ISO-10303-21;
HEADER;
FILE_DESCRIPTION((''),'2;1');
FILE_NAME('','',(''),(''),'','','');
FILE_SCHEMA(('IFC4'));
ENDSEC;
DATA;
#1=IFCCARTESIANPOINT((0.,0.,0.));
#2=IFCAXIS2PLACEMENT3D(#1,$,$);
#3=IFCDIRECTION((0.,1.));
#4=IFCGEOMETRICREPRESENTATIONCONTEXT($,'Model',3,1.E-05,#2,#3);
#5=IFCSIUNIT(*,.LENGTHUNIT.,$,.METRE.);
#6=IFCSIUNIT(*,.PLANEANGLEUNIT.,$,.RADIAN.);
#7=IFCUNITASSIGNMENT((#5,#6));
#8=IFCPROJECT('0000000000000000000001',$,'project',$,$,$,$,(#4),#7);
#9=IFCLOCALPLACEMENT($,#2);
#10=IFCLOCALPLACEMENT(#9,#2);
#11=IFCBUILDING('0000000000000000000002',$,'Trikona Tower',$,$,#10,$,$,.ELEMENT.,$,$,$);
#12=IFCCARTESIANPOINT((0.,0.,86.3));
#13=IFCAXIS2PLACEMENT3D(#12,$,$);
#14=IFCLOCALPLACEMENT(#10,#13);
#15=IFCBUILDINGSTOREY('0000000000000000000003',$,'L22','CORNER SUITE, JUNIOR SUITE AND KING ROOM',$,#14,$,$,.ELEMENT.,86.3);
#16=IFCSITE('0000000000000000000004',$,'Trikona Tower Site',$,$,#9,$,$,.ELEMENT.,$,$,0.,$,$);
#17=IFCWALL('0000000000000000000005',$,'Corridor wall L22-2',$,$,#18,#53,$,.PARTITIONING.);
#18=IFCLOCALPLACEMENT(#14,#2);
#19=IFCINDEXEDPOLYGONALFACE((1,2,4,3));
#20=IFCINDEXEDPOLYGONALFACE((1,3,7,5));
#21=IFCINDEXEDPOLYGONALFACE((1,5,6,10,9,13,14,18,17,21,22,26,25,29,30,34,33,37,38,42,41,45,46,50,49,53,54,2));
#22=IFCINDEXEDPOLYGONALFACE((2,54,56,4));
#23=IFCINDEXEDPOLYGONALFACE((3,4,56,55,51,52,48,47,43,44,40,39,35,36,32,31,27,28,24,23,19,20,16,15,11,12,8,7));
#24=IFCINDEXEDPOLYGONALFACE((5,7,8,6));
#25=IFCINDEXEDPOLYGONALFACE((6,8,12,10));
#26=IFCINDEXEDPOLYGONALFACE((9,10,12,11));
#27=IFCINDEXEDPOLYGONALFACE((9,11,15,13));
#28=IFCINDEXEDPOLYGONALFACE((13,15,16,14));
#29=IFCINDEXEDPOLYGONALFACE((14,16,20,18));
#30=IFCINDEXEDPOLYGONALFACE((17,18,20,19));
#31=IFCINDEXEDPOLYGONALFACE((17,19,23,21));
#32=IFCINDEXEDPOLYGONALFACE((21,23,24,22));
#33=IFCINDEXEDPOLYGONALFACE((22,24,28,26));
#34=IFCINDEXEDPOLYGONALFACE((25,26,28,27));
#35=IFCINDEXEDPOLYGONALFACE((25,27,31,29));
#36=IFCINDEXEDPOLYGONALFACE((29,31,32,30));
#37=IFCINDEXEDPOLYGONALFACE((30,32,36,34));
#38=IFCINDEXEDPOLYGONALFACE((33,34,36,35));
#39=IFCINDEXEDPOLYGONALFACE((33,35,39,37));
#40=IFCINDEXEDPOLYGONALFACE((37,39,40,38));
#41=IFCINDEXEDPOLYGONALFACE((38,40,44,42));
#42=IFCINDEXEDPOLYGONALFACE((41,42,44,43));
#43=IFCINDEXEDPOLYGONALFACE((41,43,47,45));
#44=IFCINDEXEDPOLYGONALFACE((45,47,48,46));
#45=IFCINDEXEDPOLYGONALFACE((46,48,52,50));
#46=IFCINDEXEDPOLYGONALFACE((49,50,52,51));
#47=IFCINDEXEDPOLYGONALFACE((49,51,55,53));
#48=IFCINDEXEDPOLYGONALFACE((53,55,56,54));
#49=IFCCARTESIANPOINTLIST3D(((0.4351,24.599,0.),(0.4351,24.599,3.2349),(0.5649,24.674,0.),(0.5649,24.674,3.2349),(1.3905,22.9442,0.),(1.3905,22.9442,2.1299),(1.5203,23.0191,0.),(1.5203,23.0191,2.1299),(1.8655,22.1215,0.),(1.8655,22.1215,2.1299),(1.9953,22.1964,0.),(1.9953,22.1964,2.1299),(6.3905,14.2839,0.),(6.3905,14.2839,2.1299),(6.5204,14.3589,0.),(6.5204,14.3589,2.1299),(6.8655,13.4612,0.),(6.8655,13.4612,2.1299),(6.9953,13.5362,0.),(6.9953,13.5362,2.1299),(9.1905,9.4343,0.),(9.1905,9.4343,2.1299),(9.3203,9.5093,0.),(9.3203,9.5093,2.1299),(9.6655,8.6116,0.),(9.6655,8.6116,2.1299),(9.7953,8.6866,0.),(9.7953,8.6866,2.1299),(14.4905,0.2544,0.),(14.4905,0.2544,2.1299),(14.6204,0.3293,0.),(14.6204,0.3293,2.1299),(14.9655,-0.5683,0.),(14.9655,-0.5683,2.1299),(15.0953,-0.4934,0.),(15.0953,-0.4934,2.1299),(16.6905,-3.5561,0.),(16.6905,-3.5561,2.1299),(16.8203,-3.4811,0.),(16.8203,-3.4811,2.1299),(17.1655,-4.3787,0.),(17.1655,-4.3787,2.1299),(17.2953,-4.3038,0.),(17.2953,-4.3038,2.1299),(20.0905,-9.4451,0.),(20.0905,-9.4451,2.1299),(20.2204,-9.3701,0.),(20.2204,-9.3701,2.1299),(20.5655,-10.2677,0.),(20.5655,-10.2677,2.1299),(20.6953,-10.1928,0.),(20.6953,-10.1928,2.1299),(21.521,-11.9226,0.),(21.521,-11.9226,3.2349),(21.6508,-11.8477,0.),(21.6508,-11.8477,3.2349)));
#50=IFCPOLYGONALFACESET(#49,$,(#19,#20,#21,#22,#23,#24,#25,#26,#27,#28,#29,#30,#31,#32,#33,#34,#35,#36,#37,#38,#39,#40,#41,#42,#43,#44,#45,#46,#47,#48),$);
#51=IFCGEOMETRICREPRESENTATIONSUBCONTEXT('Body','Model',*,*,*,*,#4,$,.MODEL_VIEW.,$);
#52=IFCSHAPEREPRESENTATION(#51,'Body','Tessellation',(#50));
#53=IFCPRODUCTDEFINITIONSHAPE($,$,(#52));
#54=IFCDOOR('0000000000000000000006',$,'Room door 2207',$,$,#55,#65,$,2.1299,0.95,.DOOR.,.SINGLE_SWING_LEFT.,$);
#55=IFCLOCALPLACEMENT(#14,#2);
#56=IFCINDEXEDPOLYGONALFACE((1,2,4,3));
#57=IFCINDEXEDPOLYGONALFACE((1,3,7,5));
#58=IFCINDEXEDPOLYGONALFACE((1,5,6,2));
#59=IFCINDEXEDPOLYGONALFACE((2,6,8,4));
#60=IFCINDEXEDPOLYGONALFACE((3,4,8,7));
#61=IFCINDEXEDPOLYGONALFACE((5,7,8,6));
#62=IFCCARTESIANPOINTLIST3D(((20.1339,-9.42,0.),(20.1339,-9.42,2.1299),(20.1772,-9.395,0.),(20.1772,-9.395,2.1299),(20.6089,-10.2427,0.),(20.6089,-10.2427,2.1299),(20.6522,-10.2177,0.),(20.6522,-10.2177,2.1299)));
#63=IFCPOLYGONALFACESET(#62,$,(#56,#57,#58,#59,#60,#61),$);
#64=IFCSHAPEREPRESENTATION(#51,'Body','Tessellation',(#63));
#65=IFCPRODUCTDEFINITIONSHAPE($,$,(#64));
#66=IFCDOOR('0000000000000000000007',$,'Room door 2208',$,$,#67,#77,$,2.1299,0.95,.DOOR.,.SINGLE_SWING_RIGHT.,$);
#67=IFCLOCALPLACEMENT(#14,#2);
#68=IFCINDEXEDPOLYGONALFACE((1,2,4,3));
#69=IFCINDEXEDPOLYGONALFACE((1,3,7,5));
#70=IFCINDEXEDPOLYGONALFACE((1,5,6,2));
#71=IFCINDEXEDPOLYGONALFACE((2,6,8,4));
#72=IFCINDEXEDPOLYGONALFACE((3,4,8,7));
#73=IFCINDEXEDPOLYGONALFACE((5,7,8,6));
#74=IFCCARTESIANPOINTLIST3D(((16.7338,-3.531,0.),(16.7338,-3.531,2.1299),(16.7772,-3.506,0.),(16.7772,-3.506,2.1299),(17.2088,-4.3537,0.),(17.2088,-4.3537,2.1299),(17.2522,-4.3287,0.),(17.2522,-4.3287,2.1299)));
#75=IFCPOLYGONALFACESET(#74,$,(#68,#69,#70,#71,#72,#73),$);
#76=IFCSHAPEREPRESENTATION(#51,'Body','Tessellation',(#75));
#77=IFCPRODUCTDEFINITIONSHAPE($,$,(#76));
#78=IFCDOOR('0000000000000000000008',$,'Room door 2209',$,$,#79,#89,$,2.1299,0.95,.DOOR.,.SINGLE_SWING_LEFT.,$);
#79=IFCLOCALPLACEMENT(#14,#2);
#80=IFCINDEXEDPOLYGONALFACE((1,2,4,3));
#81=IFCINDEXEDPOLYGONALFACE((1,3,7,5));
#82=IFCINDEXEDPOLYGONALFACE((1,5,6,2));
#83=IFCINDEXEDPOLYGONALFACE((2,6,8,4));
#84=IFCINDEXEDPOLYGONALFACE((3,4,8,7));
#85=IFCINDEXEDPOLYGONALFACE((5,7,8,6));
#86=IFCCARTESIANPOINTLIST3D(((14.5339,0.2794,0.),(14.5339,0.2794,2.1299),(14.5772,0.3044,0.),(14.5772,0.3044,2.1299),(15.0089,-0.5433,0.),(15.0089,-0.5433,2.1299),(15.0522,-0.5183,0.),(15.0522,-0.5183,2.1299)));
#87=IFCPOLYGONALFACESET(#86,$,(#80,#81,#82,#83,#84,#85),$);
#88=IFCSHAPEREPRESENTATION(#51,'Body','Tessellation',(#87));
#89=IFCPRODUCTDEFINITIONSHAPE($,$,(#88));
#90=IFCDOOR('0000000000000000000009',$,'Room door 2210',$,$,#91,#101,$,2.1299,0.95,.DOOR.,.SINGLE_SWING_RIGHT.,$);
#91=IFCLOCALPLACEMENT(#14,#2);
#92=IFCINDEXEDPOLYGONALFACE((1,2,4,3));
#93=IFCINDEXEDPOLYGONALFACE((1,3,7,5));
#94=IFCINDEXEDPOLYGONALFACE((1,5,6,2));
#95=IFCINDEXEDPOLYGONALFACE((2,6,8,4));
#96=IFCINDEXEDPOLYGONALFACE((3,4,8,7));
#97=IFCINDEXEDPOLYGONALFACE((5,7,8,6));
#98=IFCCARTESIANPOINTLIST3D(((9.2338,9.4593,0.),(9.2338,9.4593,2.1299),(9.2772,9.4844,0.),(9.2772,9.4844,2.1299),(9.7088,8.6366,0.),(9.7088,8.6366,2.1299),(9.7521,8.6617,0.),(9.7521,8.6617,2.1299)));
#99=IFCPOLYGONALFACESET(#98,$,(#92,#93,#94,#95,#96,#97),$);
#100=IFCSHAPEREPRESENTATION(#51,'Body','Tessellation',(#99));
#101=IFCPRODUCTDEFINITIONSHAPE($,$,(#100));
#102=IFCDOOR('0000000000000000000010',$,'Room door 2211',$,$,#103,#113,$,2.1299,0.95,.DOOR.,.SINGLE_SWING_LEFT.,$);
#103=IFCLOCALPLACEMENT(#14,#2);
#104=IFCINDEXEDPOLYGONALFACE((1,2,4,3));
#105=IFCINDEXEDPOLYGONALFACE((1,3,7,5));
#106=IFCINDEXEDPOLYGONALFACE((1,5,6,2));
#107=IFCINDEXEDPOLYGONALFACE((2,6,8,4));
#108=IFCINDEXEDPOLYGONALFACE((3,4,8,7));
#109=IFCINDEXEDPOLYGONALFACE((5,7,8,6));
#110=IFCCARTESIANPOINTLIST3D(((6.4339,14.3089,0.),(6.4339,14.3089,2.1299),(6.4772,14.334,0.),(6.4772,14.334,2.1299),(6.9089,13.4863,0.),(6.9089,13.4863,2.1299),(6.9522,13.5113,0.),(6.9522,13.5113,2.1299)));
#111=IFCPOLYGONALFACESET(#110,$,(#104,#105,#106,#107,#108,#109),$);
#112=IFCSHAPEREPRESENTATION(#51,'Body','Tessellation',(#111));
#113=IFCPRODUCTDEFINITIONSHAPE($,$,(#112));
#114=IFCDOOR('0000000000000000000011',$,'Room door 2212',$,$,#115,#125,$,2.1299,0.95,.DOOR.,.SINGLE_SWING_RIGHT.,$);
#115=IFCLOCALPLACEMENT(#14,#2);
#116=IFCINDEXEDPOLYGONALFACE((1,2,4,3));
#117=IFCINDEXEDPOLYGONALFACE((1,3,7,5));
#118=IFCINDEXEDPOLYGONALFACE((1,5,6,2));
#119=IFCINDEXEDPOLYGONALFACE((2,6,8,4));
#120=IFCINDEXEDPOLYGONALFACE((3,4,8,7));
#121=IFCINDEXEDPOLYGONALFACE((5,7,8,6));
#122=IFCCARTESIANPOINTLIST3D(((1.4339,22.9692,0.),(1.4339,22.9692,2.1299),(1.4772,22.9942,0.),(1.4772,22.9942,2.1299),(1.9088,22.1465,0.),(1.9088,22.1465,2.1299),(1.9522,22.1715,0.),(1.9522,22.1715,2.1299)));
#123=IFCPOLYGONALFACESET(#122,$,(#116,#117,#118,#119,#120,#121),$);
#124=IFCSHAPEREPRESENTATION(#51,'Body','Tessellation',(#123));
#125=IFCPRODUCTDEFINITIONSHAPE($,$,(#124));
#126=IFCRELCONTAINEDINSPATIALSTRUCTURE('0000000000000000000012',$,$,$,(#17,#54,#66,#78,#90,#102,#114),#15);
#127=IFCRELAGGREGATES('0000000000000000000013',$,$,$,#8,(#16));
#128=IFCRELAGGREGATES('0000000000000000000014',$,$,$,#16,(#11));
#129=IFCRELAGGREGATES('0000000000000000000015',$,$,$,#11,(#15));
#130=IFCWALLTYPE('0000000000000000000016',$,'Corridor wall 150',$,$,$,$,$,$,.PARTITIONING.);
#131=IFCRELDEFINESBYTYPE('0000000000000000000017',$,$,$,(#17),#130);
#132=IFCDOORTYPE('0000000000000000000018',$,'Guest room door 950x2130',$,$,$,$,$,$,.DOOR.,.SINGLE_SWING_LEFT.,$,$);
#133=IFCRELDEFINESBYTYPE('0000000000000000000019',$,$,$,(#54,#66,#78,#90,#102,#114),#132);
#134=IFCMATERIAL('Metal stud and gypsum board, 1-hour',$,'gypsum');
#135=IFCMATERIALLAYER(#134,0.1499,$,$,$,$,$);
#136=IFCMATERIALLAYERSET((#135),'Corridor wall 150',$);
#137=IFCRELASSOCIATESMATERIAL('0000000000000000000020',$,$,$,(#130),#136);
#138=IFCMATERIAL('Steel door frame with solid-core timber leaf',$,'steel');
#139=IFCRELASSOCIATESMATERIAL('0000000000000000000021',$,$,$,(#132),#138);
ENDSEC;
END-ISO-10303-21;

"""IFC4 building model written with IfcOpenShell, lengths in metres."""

from ifc_helpers import new_model, si_unit, direction, frame, frame_2d, origin, place, context, subcontext, project, spatial, rectangle, extrude, material, layer, layer_set, type_object, element, fill, save


model = new_model("IFC4")

# Units and contexts
model_context = context("Model", 3, precision=1e-05, world=origin(), true_north=direction((0.0, 1.0)))
body_context = subcontext(model_context, "Body", "Model", "MODEL_VIEW")
ifc_project = project(units=[si_unit("LENGTHUNIT", "METRE"), si_unit("PLANEANGLEUNIT", "RADIAN")], contexts=[model_context])

# Site, building, storey
site_placement = place(None, origin())
site = spatial("IfcSite", under=ifc_project, at=site_placement, Name="Trikona Tower Site", CompositionType="ELEMENT", RefElevation=0.0)
building_placement = place(site_placement, origin())
building = spatial("IfcBuilding", under=site, at=building_placement, Name="Trikona Tower", CompositionType="ELEMENT")
storey_placement = place(building_placement, frame((0.0, 0.0, 86.3)))
storey = spatial("IfcBuildingStorey", under=building, at=storey_placement, Name="L22", Description="CORNER SUITE, JUNIOR SUITE AND KING ROOM", CompositionType="ELEMENT", Elevation=86.3)

# Wall, openings, doors
ifc_material_1 = material(Name="Metal stud and gypsum board, 1-hour", Category="gypsum")
ifc_layer_1 = layer(ifc_material_1, 0.1499)
ifc_layer_set_1 = layer_set([ifc_layer_1], Name="Corridor wall 150")
wall_type_1 = type_object("IfcWallType", Name="Corridor wall 150", PredefinedType="PARTITIONING", material=ifc_layer_set_1)
wall_1_placement = place(storey_placement, frame((21.5859, -11.8853, 0.0), z_axis=(0.0, 0.0, 1.0), x_axis=(-0.500002, 0.866024, 0.0)))
wall_1 = element("IfcWall", 1, at=wall_1_placement, inside=storey, type_object=wall_type_1, Name="Corridor wall L22-2", PredefinedType="PARTITIONING", context=body_context, shape_type="SweptSolid", body=[
    extrude(rectangle(XDim=42.1716, YDim=0.1499, at=frame_2d((21.0859, 0.0))), origin(), (0.0, 0.0, 1.0), 3.2349),
])
opening_1_placement = place(wall_1_placement, frame((1.9109, 0.0, 0.0)))
opening_1 = element("IfcOpeningElement", 2, at=opening_1_placement, cuts=wall_1, PredefinedType="OPENING", context=body_context, shape_type="SweptSolid", body=[
    extrude(rectangle(XDim=0.95, YDim=2.1299, at=frame_2d((0.4751, 1.0649))), frame((0.0, 0.085, 0.0), z_axis=(0.0, -1.0, 0.0), x_axis=(1.0, 0.0, 0.0)), (0.0, 0.0, 1.0), 0.1699),
])
opening_2_placement = place(wall_1_placement, frame((8.7109, 0.0, 0.0)))
opening_2 = element("IfcOpeningElement", 3, at=opening_2_placement, cuts=wall_1, PredefinedType="OPENING", context=body_context, shape_type="SweptSolid", body=[
    extrude(rectangle(XDim=0.95, YDim=2.1299, at=frame_2d((0.4751, 1.0649))), frame((0.0, 0.085, 0.0), z_axis=(0.0, -1.0, 0.0), x_axis=(1.0, 0.0, 0.0)), (0.0, 0.0, 1.0), 0.1699),
])
opening_3_placement = place(wall_1_placement, frame((13.1108, 0.0, 0.0)))
opening_3 = element("IfcOpeningElement", 4, at=opening_3_placement, cuts=wall_1, PredefinedType="OPENING", context=body_context, shape_type="SweptSolid", body=[
    extrude(rectangle(XDim=0.95, YDim=2.1299, at=frame_2d((0.4751, 1.0649))), frame((0.0, 0.085, 0.0), z_axis=(0.0, -1.0, 0.0), x_axis=(1.0, 0.0, 0.0)), (0.0, 0.0, 1.0), 0.1699),
])
opening_4_placement = place(wall_1_placement, frame((23.7109, 0.0, 0.0)))
opening_4 = element("IfcOpeningElement", 5, at=opening_4_placement, cuts=wall_1, PredefinedType="OPENING", context=body_context, shape_type="SweptSolid", body=[
    extrude(rectangle(XDim=0.95, YDim=2.1299, at=frame_2d((0.4751, 1.0649))), frame((0.0, 0.085, 0.0), z_axis=(0.0, -1.0, 0.0), x_axis=(1.0, 0.0, 0.0)), (0.0, 0.0, 1.0), 0.1699),
])
opening_5_placement = place(wall_1_placement, frame((29.3108, 0.0, 0.0)))
opening_5 = element("IfcOpeningElement", 6, at=opening_5_placement, cuts=wall_1, PredefinedType="OPENING", context=body_context, shape_type="SweptSolid", body=[
    extrude(rectangle(XDim=0.95, YDim=2.1299, at=frame_2d((0.4751, 1.0649))), frame((0.0, 0.085, 0.0), z_axis=(0.0, -1.0, 0.0), x_axis=(1.0, 0.0, 0.0)), (0.0, 0.0, 1.0), 0.1699),
])
opening_6_placement = place(wall_1_placement, frame((39.3108, 0.0, 0.0)))
opening_6 = element("IfcOpeningElement", 7, at=opening_6_placement, cuts=wall_1, PredefinedType="OPENING", context=body_context, shape_type="SweptSolid", body=[
    extrude(rectangle(XDim=0.95, YDim=2.1299, at=frame_2d((0.4751, 1.0649))), frame((0.0, 0.085, 0.0), z_axis=(0.0, -1.0, 0.0), x_axis=(1.0, 0.0, 0.0)), (0.0, 0.0, 1.0), 0.1699),
])
ifc_material_2 = material(Name="Steel door frame with solid-core timber leaf", Category="steel")
door_type = type_object("IfcDoorType", Name="Guest room door 950x2130", OperationType="SINGLE_SWING_LEFT", PredefinedType="DOOR", material=ifc_material_2)
door_1_placement = place(opening_1_placement, origin())
door_1 = element("IfcDoor", 8, at=door_1_placement, inside=storey, type_object=door_type, Name="Room door 2207", OperationType="SINGLE_SWING_LEFT", OverallHeight=2.1299, OverallWidth=0.95, PredefinedType="DOOR", context=body_context, shape_type="SweptSolid", body=[
    extrude(rectangle(XDim=0.95, YDim=2.1299, at=frame_2d((0.4751, 1.0649))), frame((0.0, 0.0249, 0.0), z_axis=(0.0, -1.0, 0.0), x_axis=(1.0, 0.0, 0.0)), (0.0, 0.0, 1.0), 0.05),
])
fill(opening_1, door_1)
door_2_placement = place(opening_2_placement, origin())
door_2 = element("IfcDoor", 9, at=door_2_placement, inside=storey, type_object=door_type, Name="Room door 2208", OperationType="SINGLE_SWING_RIGHT", OverallHeight=2.1299, OverallWidth=0.95, PredefinedType="DOOR", context=body_context, shape_type="SweptSolid", body=[
    extrude(rectangle(XDim=0.95, YDim=2.1299, at=frame_2d((0.4751, 1.0649))), frame((0.0, 0.0249, 0.0), z_axis=(0.0, -1.0, 0.0), x_axis=(1.0, 0.0, 0.0)), (0.0, 0.0, 1.0), 0.05),
])
fill(opening_2, door_2)
door_3_placement = place(opening_3_placement, origin())
door_3 = element("IfcDoor", 10, at=door_3_placement, inside=storey, type_object=door_type, Name="Room door 2209", OperationType="SINGLE_SWING_LEFT", OverallHeight=2.1299, OverallWidth=0.95, PredefinedType="DOOR", context=body_context, shape_type="SweptSolid", body=[
    extrude(rectangle(XDim=0.95, YDim=2.1299, at=frame_2d((0.4751, 1.0649))), frame((0.0, 0.0249, 0.0), z_axis=(0.0, -1.0, 0.0), x_axis=(1.0, 0.0, 0.0)), (0.0, 0.0, 1.0), 0.05),
])
fill(opening_3, door_3)
door_4_placement = place(opening_4_placement, origin())
door_4 = element("IfcDoor", 11, at=door_4_placement, inside=storey, type_object=door_type, Name="Room door 2210", OperationType="SINGLE_SWING_RIGHT", OverallHeight=2.1299, OverallWidth=0.95, PredefinedType="DOOR", context=body_context, shape_type="SweptSolid", body=[
    extrude(rectangle(XDim=0.95, YDim=2.1299, at=frame_2d((0.4751, 1.0649))), frame((0.0, 0.0249, 0.0), z_axis=(0.0, -1.0, 0.0), x_axis=(1.0, 0.0, 0.0)), (0.0, 0.0, 1.0), 0.05),
])
fill(opening_4, door_4)
door_5_placement = place(opening_5_placement, origin())
door_5 = element("IfcDoor", 12, at=door_5_placement, inside=storey, type_object=door_type, Name="Room door 2211", OperationType="SINGLE_SWING_LEFT", OverallHeight=2.1299, OverallWidth=0.95, PredefinedType="DOOR", context=body_context, shape_type="SweptSolid", body=[
    extrude(rectangle(XDim=0.95, YDim=2.1299, at=frame_2d((0.4751, 1.0649))), frame((0.0, 0.0249, 0.0), z_axis=(0.0, -1.0, 0.0), x_axis=(1.0, 0.0, 0.0)), (0.0, 0.0, 1.0), 0.05),
])
fill(opening_5, door_5)
door_6_placement = place(opening_6_placement, origin())
door_6 = element("IfcDoor", 13, at=door_6_placement, inside=storey, type_object=door_type, Name="Room door 2212", OperationType="SINGLE_SWING_RIGHT", OverallHeight=2.1299, OverallWidth=0.95, PredefinedType="DOOR", context=body_context, shape_type="SweptSolid", body=[
    extrude(rectangle(XDim=0.95, YDim=2.1299, at=frame_2d((0.4751, 1.0649))), frame((0.0, 0.0249, 0.0), z_axis=(0.0, -1.0, 0.0), x_axis=(1.0, 0.0, 0.0)), (0.0, 0.0, 1.0), 0.05),
])
fill(opening_6, door_6)

save(model, "model.ifc")
